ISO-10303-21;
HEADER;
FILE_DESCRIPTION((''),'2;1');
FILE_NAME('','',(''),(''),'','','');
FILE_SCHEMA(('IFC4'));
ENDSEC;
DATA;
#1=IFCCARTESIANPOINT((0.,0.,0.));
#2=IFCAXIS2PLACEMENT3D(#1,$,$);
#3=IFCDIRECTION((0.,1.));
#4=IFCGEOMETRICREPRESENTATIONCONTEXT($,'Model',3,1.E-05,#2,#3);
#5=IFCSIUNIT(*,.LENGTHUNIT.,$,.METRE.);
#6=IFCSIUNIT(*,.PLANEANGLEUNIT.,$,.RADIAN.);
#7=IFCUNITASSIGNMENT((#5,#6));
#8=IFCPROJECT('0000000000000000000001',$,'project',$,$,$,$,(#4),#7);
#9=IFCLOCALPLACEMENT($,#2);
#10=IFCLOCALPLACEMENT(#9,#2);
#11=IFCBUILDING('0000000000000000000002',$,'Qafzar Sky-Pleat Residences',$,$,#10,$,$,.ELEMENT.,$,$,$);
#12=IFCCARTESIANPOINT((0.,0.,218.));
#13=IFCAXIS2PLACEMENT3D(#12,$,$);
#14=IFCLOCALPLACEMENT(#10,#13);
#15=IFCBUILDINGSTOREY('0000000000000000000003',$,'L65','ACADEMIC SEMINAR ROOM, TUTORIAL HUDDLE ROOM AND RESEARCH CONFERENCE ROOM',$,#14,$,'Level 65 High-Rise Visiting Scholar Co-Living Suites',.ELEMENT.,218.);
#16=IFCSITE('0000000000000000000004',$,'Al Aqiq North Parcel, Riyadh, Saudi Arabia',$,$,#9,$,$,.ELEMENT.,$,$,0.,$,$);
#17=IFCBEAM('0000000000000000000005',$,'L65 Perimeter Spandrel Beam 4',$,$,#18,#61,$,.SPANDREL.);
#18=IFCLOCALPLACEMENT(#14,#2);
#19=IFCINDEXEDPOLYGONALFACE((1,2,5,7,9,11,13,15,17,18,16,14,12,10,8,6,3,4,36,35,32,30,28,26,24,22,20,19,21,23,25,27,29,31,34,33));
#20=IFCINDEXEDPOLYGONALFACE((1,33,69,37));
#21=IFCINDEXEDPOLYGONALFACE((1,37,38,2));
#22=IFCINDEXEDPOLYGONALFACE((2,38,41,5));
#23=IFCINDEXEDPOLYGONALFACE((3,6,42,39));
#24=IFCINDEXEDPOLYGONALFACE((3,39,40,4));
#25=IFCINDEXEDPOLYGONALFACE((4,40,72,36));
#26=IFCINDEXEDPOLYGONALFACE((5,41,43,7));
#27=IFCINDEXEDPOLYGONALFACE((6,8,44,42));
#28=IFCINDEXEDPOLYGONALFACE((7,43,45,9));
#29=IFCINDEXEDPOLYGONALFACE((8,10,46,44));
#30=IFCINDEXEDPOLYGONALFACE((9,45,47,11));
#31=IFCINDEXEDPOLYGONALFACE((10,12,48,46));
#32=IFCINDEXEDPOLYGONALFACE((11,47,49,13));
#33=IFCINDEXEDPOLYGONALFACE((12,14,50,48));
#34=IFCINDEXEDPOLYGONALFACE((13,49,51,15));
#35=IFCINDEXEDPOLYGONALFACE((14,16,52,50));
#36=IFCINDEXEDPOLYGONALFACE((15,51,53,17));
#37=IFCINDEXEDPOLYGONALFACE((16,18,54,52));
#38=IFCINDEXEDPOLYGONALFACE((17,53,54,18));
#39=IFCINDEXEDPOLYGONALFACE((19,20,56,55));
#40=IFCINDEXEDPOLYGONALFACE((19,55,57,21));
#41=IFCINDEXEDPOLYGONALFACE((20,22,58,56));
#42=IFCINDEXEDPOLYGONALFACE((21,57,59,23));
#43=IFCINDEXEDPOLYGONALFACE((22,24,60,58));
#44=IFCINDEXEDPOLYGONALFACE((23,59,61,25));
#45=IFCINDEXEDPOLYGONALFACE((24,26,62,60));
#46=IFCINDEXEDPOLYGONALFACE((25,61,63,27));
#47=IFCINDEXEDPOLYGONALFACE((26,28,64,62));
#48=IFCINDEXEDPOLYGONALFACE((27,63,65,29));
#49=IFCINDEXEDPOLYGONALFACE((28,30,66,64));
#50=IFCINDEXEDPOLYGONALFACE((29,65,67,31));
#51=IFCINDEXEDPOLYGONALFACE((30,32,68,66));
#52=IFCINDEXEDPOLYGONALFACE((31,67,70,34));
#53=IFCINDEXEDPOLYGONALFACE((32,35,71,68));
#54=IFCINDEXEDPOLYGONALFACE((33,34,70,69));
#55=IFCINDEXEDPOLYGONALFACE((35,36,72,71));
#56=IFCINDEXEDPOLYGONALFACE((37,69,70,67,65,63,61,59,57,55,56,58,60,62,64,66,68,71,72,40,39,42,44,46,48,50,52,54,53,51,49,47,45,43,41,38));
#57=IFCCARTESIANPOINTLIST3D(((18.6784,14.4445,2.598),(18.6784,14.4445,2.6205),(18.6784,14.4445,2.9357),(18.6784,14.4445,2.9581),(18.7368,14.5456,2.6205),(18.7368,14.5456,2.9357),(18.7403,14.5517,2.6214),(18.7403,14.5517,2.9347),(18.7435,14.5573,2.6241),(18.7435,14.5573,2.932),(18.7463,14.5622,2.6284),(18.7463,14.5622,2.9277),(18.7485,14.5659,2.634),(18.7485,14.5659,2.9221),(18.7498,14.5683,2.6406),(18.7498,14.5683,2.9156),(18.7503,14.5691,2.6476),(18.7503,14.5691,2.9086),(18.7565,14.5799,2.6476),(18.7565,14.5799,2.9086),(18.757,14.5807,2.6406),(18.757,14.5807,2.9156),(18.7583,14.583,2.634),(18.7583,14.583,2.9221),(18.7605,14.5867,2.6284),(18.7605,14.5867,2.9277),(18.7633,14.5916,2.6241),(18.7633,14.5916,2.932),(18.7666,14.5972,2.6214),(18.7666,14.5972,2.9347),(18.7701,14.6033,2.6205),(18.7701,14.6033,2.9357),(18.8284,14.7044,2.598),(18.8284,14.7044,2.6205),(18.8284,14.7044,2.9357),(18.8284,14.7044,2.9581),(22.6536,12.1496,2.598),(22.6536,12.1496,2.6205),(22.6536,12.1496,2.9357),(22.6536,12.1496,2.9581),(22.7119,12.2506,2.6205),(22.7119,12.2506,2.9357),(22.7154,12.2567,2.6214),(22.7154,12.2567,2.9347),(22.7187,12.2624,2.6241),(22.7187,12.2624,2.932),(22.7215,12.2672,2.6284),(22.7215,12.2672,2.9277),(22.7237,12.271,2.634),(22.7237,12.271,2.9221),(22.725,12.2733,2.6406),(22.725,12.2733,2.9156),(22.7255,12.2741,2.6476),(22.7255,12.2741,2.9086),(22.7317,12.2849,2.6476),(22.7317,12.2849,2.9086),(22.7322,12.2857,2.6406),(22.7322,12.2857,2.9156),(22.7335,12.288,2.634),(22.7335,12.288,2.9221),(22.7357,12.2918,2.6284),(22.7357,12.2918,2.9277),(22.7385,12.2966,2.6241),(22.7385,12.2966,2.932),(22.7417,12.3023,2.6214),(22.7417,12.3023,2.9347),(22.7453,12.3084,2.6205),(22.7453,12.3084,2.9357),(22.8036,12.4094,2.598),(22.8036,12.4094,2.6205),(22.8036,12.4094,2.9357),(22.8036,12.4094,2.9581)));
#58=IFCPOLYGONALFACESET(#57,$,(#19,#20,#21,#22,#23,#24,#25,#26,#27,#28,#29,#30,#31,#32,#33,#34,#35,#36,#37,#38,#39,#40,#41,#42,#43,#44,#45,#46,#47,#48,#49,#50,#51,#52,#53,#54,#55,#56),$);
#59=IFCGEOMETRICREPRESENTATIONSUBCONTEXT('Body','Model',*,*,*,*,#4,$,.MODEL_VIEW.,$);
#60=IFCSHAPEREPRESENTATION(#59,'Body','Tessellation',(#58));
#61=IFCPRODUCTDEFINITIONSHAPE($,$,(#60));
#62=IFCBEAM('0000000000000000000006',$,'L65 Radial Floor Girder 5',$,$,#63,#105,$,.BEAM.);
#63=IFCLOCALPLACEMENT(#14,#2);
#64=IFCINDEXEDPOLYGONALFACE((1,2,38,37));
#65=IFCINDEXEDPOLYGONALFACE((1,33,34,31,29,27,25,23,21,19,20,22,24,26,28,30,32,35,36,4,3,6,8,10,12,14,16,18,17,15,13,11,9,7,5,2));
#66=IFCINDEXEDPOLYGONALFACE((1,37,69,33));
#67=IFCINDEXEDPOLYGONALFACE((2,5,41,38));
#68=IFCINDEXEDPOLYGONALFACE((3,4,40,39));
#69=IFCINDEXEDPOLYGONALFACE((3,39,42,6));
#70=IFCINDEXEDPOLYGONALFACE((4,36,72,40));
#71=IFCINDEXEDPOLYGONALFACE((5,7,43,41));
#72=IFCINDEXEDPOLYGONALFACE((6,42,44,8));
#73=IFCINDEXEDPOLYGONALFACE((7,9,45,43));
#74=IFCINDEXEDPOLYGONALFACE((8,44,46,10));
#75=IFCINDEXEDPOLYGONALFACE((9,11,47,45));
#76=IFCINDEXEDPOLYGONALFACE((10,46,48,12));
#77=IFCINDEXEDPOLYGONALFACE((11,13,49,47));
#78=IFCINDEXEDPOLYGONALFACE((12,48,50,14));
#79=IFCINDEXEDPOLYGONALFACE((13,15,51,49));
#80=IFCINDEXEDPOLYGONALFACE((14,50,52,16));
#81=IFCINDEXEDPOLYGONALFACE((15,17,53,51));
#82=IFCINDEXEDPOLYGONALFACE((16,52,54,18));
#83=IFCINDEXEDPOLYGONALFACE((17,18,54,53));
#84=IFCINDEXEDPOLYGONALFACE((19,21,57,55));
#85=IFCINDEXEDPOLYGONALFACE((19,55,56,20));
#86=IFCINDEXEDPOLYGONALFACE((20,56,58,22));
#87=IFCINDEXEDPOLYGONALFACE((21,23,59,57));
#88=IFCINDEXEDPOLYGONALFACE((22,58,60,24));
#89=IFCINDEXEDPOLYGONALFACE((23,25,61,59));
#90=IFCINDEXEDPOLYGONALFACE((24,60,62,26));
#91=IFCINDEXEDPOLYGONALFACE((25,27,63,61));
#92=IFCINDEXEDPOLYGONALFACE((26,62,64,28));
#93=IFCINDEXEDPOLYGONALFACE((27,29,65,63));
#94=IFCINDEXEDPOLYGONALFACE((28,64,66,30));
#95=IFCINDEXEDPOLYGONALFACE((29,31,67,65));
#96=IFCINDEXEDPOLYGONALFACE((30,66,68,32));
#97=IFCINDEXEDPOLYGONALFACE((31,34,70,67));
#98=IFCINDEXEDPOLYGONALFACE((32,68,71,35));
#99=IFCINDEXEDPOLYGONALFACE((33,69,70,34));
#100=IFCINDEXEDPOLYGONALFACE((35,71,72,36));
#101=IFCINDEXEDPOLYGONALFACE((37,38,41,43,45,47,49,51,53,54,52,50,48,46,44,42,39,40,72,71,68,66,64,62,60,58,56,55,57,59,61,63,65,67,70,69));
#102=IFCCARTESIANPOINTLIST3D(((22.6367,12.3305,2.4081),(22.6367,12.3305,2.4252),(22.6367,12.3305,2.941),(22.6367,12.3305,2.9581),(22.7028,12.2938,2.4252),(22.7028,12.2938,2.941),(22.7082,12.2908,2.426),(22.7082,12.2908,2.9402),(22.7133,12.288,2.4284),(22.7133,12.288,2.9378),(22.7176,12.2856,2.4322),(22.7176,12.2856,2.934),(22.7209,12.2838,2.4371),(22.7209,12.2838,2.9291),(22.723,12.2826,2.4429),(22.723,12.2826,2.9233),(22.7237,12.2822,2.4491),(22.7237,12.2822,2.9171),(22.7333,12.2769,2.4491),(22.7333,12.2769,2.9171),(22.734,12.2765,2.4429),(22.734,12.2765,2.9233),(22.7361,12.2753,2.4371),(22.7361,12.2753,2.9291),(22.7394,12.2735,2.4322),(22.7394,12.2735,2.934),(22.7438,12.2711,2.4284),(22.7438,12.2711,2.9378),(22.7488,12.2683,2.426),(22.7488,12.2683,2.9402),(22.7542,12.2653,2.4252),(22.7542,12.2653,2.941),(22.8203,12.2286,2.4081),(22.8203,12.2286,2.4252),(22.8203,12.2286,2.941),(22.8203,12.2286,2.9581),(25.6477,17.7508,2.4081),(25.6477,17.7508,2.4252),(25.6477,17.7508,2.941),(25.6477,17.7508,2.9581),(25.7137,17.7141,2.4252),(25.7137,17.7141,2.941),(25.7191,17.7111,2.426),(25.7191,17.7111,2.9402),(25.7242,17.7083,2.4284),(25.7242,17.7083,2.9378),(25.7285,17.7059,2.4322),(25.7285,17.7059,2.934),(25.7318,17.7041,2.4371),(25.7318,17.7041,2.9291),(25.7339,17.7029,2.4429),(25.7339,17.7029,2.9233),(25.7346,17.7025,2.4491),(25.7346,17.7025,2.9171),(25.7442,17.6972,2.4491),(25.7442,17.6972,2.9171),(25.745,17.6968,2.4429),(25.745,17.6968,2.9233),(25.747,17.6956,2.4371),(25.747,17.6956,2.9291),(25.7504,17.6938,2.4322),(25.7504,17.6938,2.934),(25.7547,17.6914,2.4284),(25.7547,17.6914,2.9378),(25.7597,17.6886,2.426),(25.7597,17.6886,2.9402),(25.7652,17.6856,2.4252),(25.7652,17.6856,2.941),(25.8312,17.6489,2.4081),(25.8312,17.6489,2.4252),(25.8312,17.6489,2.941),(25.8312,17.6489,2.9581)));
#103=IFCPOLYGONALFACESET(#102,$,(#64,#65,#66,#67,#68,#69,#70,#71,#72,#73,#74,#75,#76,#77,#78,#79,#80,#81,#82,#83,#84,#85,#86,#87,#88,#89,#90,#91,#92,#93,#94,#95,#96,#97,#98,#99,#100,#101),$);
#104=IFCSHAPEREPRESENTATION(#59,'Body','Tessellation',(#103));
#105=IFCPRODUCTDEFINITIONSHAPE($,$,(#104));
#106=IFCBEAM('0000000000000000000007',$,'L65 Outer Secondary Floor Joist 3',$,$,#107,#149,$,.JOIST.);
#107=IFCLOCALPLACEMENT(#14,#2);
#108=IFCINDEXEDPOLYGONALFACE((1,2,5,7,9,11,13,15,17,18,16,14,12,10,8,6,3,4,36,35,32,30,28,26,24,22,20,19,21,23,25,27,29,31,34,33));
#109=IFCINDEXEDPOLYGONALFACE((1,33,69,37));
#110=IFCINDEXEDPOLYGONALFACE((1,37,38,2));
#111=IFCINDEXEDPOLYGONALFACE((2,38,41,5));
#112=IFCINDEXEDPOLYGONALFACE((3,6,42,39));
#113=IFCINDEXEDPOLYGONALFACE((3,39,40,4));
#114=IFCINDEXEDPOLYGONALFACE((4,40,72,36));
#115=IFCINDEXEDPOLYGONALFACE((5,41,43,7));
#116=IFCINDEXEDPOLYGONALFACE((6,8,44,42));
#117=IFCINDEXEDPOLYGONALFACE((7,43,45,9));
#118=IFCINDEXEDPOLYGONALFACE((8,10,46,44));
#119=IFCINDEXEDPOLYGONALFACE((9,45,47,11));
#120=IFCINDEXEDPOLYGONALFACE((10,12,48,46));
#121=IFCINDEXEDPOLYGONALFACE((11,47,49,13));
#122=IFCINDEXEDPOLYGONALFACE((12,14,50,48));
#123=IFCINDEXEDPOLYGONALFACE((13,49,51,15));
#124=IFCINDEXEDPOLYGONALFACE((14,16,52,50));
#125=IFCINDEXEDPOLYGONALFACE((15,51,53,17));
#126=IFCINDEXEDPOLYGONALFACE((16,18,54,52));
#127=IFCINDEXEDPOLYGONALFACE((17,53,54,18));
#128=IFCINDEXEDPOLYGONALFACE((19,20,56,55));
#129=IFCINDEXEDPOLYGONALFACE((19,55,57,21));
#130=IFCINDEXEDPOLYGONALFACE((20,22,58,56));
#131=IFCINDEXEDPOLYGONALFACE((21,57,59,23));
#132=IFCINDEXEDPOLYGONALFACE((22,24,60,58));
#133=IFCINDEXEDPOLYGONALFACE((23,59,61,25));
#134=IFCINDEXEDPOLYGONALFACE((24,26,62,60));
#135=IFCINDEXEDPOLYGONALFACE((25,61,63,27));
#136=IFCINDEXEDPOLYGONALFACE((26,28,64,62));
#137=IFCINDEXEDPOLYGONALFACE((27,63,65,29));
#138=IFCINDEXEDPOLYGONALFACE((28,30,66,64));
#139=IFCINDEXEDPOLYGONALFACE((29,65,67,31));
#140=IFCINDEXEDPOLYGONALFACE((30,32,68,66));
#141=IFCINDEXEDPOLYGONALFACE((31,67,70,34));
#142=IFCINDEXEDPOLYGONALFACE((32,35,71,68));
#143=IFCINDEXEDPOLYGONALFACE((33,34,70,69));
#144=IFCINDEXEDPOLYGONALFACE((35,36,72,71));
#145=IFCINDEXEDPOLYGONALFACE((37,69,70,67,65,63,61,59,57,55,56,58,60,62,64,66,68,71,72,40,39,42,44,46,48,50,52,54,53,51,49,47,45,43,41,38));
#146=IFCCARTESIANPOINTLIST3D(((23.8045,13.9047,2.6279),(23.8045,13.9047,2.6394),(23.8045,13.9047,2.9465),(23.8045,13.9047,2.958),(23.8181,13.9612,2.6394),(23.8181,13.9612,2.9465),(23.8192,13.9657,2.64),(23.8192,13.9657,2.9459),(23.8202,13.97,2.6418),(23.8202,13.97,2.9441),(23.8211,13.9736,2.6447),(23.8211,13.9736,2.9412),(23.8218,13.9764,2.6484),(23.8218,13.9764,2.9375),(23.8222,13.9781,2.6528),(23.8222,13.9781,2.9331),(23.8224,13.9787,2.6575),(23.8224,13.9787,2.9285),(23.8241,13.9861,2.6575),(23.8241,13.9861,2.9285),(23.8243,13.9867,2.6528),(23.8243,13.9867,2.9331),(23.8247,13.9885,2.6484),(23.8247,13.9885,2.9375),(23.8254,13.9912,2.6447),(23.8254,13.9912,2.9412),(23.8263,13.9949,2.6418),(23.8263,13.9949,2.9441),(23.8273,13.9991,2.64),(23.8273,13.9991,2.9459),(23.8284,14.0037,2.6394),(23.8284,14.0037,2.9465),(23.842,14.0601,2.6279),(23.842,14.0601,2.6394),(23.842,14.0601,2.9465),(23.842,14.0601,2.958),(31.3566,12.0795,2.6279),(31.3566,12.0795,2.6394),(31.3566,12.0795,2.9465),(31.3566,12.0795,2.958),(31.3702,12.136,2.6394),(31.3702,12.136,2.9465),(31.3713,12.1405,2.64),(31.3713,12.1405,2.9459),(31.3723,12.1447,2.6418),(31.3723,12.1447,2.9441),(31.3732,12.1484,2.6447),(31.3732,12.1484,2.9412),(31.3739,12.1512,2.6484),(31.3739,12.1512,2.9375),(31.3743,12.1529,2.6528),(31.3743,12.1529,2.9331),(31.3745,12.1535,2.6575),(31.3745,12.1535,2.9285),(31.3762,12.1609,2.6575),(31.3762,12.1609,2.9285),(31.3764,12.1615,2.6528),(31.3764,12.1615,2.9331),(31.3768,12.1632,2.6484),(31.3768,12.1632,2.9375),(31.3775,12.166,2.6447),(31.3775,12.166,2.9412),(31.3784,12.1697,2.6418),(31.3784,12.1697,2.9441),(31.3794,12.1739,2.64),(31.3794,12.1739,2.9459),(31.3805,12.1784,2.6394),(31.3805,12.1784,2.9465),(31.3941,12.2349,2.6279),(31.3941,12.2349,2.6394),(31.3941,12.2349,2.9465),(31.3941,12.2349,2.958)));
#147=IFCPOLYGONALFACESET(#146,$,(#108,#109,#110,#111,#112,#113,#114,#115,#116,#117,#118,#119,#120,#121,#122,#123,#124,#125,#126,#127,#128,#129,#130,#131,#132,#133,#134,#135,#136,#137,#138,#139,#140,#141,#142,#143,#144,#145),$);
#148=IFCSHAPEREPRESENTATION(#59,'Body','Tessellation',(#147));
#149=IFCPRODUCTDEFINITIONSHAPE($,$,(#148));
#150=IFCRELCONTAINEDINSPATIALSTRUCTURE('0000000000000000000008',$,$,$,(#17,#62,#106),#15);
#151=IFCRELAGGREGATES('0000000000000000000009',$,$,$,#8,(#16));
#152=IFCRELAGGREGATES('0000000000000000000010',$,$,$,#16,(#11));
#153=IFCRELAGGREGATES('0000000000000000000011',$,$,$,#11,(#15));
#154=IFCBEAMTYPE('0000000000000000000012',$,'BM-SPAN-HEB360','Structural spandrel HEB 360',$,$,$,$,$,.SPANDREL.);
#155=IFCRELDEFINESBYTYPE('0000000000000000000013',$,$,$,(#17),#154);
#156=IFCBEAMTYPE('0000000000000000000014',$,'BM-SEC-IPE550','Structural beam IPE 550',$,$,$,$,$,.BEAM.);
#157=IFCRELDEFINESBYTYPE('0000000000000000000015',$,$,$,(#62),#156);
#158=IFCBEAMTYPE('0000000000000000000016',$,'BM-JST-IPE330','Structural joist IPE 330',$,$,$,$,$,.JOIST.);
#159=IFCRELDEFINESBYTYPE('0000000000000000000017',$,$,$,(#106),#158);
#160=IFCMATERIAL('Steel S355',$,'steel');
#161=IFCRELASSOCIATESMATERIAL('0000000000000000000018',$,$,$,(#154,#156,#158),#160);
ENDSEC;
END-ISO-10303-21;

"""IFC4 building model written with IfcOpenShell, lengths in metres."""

from ifc_helpers import new_model, si_unit, direction, frame, origin, origin_2d, place, context, subcontext, project, spatial, i_section, extrude, source, transform, mapped, material, material_profile, profile_set, type_object, element, save


model = new_model("IFC4")

# Units and contexts
model_context = context("Model", 3, precision=1e-05, world=origin(), true_north=direction((0.0, 1.0)))
body_context = subcontext(model_context, "Body", "Model", "MODEL_VIEW")
ifc_project = project(units=[si_unit("LENGTHUNIT", "METRE"), si_unit("PLANEANGLEUNIT", "RADIAN")], contexts=[model_context])

# Site, building, storey
site_placement = place(None, origin())
site = spatial("IfcSite", under=ifc_project, at=site_placement, Name="Al Aqiq North Parcel, Riyadh, Saudi Arabia", CompositionType="ELEMENT", RefElevation=0.0)
building_placement = place(site_placement, origin())
building = spatial("IfcBuilding", under=site, at=building_placement, Name="Qafzar Sky-Pleat Residences", CompositionType="ELEMENT")
storey_placement = place(building_placement, frame((0.0, 0.0, 218.0)))
storey = spatial("IfcBuildingStorey", under=building, at=storey_placement, Name="L65", Description="ACADEMIC SEMINAR ROOM, TUTORIAL HUDDLE ROOM AND RESEARCH CONFERENCE ROOM", LongName="Level 65 High-Rise Visiting Scholar Co-Living Suites", CompositionType="ELEMENT", Elevation=218.0)

# Shared definitions
ifc_material_1 = material(Name="Steel S355", Category="steel")

# Beams
ifc_material_profile_1 = material_profile(ifc_material_1, i_section(OverallWidth=0.3, OverallDepth=0.3601, WebThickness=0.0125, FlangeThickness=0.0225, FilletRadius=0.0271, at=origin_2d()), Name="HEB 360")
ifc_profile_set_1 = profile_set([ifc_material_profile_1], Name="Steel S355")
beam_type_1 = type_object("IfcBeamType", Name="BM-SPAN-HEB360", Description="Structural spandrel HEB 360", PredefinedType="SPANDREL", material=ifc_profile_set_1)
shared_shape_1 = source(origin(), body_context, "Body", "SweptSolid", [
    extrude(i_section(OverallWidth=0.3, OverallDepth=0.3601, WebThickness=0.0125, FlangeThickness=0.0225, FilletRadius=0.0271, at=origin_2d()), origin(), (0.0, 0.0, 1.0), 4.5901),
])
beam_1_placement = place(storey_placement, frame((18.7534, 14.5745, 2.7781), z_axis=(0.866035, -0.499983, 0.0), x_axis=(0.499983, 0.866035, 0.0)))
element("IfcBeam", 1, at=beam_1_placement, inside=storey, type_object=beam_type_1, Name="L65 Perimeter Spandrel Beam 4", PredefinedType="SPANDREL", context=body_context, shape_type="MappedRepresentation", body=[
    mapped(shared_shape_1, transform((0.0, 0.0, 0.0), x_axis=(1.0, 0.0, 0.0), y_axis=(0.0, 1.0, 0.0), z_axis=(0.0, 0.0, 1.0), scale=1.0)),
])
ifc_material_profile_2 = material_profile(ifc_material_1, i_section(OverallWidth=0.21, OverallDepth=0.55, WebThickness=0.011, FlangeThickness=0.0171, FilletRadius=0.0239, at=origin_2d()), Name="IPE 550")
ifc_profile_set_2 = profile_set([ifc_material_profile_2], Name="Steel S355")
beam_type_2 = type_object("IfcBeamType", Name="BM-SEC-IPE550", Description="Structural beam IPE 550", PredefinedType="BEAM", material=ifc_profile_set_2)
shared_shape_2 = source(origin(), body_context, "Body", "SweptSolid", [
    extrude(i_section(OverallWidth=0.21, OverallDepth=0.55, WebThickness=0.011, FlangeThickness=0.0171, FilletRadius=0.0239, at=origin_2d()), origin(), (0.0, 0.0, 1.0), 6.2004),
])
beam_2_placement = place(storey_placement, frame((22.7285, 12.2795, 2.6831), z_axis=(0.485599, 0.874181, 0.0), x_axis=(-0.874181, 0.485599, 0.0)))
element("IfcBeam", 2, at=beam_2_placement, inside=storey, type_object=beam_type_2, Name="L65 Radial Floor Girder 5", PredefinedType="BEAM", context=body_context, shape_type="MappedRepresentation", body=[
    mapped(shared_shape_2, transform((0.0, 0.0, 0.0), x_axis=(1.0, 0.0, 0.0), y_axis=(0.0, 1.0, 0.0), z_axis=(0.0, 0.0, 1.0), scale=1.0)),
])
ifc_material_profile_3 = material_profile(ifc_material_1, i_section(OverallWidth=0.1599, OverallDepth=0.3301, WebThickness=0.0076, FlangeThickness=0.0115, FilletRadius=0.0181, at=origin_2d()), Name="IPE 330")
ifc_profile_set_3 = profile_set([ifc_material_profile_3], Name="Steel S355")
beam_type_3 = type_object("IfcBeamType", Name="BM-JST-IPE330", Description="Structural joist IPE 330", PredefinedType="JOIST", material=ifc_profile_set_3)
shared_shape_3 = source(origin(), body_context, "Body", "SweptSolid", [
    extrude(i_section(OverallWidth=0.1599, OverallDepth=0.3301, WebThickness=0.0076, FlangeThickness=0.0115, FilletRadius=0.0181, at=origin_2d()), origin(), (0.0, 0.0, 1.0), 7.7695),
])
beam_3_placement = place(storey_placement, frame((23.8232, 13.9824, 2.793), z_axis=(0.972015, -0.23492, 0.0), x_axis=(0.23492, 0.972015, 0.0)))
element("IfcBeam", 3, at=beam_3_placement, inside=storey, type_object=beam_type_3, Name="L65 Outer Secondary Floor Joist 3", PredefinedType="JOIST", context=body_context, shape_type="MappedRepresentation", body=[
    mapped(shared_shape_3, transform((0.0, 0.0, 0.0), x_axis=(1.0, 0.0, 0.0), y_axis=(0.0, 1.0, 0.0), z_axis=(0.0, 0.0, 1.0), scale=1.0)),
])

save(model, "model.ifc")
